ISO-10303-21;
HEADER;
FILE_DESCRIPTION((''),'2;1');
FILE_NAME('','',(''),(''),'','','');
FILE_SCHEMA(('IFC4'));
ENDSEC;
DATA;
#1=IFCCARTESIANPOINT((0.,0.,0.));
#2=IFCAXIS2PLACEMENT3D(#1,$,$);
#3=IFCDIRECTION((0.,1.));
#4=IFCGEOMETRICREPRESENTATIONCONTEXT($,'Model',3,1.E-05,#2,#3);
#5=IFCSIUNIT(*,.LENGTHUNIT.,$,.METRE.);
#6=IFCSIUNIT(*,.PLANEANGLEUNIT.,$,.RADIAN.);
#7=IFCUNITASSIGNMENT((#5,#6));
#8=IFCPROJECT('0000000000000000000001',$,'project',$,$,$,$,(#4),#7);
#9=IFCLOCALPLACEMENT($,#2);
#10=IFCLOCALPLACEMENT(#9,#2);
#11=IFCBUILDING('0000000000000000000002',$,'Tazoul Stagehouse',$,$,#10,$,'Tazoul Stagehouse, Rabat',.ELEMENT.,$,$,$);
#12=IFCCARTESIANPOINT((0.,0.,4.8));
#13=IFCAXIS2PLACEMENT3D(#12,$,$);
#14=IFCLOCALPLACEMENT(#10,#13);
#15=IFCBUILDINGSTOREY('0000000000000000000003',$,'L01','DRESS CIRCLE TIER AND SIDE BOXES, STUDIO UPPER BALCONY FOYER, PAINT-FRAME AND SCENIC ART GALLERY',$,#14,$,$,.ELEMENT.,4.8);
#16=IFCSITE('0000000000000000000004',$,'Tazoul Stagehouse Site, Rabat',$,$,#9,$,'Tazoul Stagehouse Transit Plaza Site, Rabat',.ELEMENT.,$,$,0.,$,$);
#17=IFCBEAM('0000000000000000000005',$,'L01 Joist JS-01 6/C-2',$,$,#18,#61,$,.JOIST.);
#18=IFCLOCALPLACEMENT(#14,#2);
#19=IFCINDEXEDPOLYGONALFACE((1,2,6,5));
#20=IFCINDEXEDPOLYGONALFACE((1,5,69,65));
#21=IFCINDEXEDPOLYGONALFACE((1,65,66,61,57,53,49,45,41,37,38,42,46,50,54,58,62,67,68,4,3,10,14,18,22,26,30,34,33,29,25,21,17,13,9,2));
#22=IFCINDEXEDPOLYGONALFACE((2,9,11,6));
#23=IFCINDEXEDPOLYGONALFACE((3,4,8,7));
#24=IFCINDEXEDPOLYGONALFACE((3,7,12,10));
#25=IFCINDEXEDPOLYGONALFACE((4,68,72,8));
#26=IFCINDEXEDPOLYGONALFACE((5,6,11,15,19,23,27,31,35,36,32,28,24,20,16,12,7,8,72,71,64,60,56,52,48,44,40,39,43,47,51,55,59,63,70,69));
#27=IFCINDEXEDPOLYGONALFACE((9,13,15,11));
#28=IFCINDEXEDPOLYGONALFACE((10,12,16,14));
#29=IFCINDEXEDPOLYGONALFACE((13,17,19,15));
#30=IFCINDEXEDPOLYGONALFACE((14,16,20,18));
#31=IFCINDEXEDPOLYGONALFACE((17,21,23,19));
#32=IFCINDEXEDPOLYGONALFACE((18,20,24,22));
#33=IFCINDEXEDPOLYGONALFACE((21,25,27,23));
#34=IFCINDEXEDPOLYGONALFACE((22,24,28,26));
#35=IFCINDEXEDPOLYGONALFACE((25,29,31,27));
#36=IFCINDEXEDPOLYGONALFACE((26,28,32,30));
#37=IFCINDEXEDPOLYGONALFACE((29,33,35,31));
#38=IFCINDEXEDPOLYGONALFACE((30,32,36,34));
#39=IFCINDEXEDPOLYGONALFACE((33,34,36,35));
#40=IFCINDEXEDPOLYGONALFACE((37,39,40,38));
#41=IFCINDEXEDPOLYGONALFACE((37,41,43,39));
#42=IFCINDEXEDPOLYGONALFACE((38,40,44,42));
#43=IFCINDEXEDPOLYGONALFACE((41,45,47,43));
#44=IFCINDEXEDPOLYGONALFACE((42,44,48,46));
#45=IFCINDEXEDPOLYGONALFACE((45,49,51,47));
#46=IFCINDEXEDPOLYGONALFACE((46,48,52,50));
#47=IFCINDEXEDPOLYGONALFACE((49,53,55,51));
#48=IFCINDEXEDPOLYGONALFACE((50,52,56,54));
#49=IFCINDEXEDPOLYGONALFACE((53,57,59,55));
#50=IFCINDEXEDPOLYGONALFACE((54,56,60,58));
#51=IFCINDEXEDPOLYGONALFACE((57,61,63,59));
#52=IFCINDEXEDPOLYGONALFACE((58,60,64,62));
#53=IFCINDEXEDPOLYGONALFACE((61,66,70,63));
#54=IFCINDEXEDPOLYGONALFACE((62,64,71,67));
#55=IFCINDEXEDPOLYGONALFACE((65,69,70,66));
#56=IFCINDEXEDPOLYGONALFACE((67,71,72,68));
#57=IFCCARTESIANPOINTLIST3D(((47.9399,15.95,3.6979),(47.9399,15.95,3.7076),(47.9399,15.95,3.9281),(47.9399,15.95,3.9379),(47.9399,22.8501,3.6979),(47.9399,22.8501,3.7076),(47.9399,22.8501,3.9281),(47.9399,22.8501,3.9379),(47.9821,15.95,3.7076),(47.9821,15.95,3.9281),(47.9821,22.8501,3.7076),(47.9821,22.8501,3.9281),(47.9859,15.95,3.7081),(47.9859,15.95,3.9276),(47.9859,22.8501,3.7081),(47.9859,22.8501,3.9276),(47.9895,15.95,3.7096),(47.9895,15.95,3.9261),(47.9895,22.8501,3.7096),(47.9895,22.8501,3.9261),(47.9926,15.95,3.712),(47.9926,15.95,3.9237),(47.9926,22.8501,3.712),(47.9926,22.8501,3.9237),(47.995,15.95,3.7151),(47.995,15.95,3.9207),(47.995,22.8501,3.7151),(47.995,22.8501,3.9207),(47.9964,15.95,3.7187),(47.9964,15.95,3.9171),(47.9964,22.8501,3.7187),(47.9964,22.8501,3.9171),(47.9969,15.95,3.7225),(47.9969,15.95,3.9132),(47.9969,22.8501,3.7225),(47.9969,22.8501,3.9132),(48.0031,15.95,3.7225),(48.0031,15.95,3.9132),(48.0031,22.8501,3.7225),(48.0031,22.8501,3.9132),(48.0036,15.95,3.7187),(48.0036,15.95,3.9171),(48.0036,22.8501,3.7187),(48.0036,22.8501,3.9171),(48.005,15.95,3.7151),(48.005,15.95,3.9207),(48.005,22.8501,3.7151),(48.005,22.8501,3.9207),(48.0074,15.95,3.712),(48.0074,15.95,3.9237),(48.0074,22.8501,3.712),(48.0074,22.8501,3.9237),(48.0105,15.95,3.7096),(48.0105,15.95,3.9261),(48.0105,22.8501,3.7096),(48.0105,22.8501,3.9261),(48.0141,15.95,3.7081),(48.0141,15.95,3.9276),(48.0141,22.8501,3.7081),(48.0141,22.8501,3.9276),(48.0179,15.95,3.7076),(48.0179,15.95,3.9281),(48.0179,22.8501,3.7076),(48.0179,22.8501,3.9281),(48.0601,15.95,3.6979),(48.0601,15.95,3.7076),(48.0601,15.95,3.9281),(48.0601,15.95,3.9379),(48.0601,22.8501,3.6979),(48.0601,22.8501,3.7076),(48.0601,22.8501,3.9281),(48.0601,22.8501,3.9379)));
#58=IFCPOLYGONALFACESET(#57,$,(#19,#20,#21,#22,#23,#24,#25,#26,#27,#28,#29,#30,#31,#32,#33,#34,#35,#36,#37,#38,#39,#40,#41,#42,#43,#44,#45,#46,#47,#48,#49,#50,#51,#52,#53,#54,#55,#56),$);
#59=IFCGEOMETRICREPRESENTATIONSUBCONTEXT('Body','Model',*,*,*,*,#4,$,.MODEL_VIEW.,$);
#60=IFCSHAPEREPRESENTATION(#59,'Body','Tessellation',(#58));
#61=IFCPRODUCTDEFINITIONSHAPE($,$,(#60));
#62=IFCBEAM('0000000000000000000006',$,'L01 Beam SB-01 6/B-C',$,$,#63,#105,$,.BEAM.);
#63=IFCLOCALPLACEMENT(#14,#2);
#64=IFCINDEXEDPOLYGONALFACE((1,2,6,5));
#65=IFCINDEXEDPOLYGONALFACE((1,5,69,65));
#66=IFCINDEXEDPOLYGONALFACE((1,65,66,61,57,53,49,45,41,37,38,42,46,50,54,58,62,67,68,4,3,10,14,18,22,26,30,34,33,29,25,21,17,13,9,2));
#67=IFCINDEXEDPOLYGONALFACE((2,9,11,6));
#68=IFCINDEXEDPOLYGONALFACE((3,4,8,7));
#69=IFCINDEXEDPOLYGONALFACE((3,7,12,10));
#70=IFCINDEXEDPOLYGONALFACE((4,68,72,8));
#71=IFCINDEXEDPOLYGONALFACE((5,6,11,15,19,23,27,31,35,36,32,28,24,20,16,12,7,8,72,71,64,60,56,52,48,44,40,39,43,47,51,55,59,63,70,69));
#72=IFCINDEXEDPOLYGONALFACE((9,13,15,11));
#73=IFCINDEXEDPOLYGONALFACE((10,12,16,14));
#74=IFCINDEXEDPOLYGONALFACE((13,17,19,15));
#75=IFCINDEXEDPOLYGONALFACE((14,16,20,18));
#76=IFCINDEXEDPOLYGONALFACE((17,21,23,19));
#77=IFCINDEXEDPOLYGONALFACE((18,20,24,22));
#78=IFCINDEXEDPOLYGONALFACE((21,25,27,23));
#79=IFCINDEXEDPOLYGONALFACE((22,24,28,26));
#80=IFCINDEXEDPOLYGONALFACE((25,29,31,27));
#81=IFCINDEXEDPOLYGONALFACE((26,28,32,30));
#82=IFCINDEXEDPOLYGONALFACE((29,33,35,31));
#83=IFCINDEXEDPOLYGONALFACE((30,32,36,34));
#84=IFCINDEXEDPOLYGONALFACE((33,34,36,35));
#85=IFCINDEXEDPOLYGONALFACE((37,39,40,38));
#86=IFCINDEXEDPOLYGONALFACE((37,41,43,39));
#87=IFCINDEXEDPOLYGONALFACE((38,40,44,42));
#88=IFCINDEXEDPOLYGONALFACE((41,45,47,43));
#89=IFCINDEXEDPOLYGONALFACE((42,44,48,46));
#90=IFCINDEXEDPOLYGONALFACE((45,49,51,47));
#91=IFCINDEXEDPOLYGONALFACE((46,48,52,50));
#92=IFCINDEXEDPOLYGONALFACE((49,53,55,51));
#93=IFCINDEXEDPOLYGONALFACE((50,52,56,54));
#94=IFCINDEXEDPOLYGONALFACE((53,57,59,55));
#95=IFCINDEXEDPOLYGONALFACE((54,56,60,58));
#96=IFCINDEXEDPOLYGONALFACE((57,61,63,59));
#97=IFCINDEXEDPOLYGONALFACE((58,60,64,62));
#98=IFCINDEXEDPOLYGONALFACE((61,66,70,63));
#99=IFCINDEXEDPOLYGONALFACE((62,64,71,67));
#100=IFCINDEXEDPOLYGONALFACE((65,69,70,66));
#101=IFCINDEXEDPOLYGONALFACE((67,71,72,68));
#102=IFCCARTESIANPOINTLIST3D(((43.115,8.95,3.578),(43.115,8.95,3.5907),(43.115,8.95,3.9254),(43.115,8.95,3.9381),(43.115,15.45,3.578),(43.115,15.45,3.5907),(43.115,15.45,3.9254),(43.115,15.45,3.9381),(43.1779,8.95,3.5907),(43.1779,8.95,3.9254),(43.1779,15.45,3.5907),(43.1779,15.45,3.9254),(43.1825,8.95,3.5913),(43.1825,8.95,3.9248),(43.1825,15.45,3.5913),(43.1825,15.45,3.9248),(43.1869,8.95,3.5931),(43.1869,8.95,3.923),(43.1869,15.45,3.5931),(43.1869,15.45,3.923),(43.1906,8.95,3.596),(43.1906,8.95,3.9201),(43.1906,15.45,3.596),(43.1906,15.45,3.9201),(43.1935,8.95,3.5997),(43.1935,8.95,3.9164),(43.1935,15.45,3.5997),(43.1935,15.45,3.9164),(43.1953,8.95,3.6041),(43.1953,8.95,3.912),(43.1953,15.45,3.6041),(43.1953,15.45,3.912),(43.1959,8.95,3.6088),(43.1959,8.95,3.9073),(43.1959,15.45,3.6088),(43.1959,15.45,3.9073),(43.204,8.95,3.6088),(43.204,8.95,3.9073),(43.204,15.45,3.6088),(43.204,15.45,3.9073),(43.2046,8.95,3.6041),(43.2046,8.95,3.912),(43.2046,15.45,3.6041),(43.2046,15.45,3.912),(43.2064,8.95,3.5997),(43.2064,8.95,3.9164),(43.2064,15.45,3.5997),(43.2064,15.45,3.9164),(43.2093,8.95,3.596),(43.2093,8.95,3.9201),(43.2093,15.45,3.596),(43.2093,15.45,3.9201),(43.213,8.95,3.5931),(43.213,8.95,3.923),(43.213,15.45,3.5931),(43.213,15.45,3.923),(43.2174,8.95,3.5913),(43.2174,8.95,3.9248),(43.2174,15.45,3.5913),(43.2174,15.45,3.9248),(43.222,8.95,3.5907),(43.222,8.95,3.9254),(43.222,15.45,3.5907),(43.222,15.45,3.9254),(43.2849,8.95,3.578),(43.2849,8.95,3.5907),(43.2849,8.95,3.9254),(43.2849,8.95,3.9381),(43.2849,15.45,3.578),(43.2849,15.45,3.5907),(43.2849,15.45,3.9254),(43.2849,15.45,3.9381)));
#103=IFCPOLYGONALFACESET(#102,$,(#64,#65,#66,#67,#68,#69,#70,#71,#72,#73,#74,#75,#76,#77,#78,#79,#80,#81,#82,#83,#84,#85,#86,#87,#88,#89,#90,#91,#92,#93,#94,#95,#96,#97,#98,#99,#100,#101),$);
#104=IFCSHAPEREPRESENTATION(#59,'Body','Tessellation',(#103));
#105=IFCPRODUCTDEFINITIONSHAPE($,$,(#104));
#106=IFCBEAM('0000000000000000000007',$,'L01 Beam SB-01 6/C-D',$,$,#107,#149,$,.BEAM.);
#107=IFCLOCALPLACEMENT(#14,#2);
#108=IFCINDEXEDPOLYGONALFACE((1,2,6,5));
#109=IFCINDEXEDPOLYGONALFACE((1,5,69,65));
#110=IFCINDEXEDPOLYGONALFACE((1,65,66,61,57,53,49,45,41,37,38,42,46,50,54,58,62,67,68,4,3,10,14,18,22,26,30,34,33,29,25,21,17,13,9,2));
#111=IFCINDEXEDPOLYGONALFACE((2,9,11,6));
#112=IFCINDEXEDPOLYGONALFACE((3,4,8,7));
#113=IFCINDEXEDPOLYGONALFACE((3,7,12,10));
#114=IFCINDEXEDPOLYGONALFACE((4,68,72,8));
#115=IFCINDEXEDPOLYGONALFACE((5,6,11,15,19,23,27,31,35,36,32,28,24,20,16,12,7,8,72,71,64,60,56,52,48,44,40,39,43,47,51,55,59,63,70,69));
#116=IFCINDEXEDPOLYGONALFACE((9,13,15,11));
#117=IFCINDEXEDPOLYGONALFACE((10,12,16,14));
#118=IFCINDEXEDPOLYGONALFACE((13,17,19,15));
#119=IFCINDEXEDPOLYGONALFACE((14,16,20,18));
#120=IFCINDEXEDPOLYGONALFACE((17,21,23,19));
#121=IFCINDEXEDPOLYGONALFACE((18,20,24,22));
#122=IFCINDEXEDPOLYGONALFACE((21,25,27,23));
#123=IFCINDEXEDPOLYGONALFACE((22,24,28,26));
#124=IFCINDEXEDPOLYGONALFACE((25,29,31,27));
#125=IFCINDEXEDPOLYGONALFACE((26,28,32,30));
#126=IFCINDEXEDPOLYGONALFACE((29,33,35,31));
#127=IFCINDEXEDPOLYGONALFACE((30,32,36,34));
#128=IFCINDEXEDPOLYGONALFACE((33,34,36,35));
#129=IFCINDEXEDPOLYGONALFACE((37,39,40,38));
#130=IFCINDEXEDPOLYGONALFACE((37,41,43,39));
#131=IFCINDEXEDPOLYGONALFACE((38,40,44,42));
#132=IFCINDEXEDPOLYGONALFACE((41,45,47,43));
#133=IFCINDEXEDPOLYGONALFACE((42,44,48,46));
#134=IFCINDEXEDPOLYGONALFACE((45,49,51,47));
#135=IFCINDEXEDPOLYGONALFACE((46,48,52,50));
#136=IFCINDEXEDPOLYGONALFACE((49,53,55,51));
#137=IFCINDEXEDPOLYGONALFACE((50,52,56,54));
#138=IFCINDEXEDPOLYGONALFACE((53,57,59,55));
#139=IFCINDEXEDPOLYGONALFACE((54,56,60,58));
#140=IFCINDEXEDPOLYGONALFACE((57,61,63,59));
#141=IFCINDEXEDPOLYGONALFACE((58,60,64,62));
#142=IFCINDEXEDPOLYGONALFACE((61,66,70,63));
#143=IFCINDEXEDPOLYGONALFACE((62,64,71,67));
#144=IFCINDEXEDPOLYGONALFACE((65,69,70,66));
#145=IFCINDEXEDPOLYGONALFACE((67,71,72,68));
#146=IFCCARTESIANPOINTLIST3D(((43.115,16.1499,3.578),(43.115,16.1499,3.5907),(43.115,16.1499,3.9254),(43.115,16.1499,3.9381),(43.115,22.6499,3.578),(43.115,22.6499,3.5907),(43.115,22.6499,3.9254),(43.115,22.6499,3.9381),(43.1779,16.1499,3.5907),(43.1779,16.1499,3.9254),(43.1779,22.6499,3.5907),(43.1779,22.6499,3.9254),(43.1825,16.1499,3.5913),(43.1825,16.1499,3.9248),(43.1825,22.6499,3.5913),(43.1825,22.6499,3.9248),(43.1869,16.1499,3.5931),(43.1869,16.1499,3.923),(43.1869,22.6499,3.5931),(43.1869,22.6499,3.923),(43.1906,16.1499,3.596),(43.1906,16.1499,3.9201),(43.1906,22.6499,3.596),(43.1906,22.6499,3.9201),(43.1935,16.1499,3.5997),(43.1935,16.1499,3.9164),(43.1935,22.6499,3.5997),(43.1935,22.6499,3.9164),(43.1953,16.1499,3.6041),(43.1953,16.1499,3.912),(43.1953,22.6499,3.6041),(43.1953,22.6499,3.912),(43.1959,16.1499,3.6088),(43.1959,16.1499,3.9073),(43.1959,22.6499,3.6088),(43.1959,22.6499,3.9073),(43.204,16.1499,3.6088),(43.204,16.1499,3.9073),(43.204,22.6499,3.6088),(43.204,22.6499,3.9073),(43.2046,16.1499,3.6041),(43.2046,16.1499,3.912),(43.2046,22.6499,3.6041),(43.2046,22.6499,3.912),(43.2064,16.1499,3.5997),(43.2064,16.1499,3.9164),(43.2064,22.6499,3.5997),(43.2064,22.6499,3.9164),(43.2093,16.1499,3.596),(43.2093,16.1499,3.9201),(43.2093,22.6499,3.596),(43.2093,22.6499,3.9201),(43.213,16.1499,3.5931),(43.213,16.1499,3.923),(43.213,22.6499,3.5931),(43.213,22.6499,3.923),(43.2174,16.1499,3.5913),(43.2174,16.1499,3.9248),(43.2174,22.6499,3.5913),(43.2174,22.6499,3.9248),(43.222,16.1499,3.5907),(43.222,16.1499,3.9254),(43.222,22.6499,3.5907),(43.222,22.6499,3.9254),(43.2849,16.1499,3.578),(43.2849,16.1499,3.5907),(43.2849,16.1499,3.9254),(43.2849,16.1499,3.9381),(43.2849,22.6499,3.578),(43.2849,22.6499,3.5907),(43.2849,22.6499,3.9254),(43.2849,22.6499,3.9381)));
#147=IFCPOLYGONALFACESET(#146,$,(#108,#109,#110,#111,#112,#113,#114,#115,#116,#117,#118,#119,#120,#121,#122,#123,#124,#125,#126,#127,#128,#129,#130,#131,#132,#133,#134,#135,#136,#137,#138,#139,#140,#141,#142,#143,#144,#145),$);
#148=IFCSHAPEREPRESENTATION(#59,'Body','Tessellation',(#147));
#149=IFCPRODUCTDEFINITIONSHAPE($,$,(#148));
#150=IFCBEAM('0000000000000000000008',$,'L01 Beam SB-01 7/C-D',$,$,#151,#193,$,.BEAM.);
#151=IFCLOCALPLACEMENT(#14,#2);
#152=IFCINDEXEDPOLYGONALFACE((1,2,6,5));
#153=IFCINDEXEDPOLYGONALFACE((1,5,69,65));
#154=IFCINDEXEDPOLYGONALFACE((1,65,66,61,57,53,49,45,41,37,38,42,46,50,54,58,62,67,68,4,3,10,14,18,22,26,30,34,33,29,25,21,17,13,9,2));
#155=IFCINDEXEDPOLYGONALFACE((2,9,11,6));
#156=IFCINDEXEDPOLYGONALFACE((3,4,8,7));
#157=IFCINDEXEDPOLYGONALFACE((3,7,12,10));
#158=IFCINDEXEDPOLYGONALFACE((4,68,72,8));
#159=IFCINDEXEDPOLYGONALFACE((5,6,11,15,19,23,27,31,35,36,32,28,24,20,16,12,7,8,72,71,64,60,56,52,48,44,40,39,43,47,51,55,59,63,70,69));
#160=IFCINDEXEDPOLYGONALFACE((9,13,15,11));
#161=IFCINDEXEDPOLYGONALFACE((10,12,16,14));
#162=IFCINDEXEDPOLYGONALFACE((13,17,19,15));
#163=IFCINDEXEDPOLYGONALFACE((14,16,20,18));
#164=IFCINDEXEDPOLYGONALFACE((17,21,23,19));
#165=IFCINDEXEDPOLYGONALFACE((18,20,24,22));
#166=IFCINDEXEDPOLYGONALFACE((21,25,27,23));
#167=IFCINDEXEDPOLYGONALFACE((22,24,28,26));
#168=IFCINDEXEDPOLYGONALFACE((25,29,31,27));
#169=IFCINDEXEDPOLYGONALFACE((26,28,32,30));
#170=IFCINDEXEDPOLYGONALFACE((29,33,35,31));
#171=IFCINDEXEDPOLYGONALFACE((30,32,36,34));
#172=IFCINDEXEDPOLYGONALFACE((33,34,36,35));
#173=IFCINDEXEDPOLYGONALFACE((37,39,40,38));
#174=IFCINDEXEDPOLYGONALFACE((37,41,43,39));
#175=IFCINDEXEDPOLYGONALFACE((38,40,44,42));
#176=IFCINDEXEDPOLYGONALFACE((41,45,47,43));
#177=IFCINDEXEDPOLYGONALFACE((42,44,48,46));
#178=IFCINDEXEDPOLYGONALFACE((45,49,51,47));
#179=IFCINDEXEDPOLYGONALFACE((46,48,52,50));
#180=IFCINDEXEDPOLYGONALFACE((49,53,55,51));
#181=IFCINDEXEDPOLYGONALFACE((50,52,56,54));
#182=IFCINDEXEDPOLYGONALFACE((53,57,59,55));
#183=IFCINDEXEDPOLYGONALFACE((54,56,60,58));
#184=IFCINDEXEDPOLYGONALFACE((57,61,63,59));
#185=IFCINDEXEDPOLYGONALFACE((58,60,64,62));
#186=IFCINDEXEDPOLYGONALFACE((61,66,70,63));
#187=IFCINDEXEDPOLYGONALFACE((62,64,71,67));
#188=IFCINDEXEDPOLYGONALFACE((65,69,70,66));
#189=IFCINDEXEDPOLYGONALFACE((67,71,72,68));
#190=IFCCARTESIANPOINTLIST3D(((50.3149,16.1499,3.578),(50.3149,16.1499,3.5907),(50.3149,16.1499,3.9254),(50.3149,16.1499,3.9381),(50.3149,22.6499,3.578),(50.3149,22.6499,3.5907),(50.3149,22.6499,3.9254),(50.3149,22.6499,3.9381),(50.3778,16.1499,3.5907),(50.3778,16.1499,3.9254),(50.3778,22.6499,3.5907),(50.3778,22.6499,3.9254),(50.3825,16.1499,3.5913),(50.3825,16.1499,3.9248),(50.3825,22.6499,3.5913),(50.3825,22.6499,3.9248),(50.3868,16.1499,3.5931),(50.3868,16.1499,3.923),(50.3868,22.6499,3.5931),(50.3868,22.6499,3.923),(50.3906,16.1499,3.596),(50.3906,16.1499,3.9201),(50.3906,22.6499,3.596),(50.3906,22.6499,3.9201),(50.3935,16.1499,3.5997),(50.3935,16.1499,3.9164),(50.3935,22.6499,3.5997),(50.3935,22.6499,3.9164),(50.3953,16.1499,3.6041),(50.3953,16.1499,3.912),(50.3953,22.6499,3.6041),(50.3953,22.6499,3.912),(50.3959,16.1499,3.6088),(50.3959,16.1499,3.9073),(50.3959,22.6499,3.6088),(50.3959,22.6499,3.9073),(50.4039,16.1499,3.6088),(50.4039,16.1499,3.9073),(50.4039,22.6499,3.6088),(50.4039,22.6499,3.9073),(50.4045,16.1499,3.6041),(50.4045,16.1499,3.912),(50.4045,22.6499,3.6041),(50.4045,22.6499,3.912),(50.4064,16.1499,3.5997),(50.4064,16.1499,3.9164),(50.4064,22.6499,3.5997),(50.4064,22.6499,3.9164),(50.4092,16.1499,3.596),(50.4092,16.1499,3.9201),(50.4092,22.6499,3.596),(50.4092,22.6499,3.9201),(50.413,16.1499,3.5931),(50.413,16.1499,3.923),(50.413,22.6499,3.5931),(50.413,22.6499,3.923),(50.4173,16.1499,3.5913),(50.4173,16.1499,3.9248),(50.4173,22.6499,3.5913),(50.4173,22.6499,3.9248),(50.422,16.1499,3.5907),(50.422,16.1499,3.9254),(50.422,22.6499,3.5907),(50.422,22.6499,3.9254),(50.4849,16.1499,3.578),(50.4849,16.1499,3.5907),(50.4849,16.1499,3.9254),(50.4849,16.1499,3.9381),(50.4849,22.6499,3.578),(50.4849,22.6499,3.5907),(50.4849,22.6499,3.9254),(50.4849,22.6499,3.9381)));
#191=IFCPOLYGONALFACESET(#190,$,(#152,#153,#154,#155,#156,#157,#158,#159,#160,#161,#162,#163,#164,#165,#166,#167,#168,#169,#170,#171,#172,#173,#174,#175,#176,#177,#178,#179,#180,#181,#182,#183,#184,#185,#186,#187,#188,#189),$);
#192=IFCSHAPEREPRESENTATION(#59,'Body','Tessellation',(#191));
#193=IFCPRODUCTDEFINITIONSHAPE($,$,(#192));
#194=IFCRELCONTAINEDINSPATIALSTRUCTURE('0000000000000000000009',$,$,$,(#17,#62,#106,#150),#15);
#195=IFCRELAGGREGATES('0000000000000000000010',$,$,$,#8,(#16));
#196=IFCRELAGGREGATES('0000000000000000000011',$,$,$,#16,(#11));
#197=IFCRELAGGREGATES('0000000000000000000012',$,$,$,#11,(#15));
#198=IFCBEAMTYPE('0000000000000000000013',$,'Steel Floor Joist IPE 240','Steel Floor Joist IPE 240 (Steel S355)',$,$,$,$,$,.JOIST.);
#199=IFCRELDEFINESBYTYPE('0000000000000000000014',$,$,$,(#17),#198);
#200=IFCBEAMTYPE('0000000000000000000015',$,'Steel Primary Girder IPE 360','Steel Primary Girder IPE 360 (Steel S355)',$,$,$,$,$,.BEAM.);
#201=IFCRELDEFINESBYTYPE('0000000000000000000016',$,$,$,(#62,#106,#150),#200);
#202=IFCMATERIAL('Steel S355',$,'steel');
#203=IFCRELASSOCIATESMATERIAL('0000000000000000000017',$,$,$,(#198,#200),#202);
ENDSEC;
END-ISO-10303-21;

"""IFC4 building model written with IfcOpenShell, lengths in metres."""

from ifc_helpers import new_model, si_unit, direction, frame, origin, origin_2d, place, context, subcontext, project, spatial, i_section, extrude, material, material_profile, profile_set, type_object, element, save


model = new_model("IFC4")

# Units and contexts
model_context = context("Model", 3, precision=1e-05, world=origin(), true_north=direction((0.0, 1.0)))
body_context = subcontext(model_context, "Body", "Model", "MODEL_VIEW")
ifc_project = project(units=[si_unit("LENGTHUNIT", "METRE"), si_unit("PLANEANGLEUNIT", "RADIAN")], contexts=[model_context])

# Site, building, storey
site_placement = place(None, origin())
site = spatial("IfcSite", under=ifc_project, at=site_placement, Name="Tazoul Stagehouse Site, Rabat", LongName="Tazoul Stagehouse Transit Plaza Site, Rabat", CompositionType="ELEMENT", RefElevation=0.0)
building_placement = place(site_placement, origin())
building = spatial("IfcBuilding", under=site, at=building_placement, Name="Tazoul Stagehouse", LongName="Tazoul Stagehouse, Rabat", CompositionType="ELEMENT")
storey_placement = place(building_placement, frame((0.0, 0.0, 4.8)))
storey = spatial("IfcBuildingStorey", under=building, at=storey_placement, Name="L01", Description="DRESS CIRCLE TIER AND SIDE BOXES, STUDIO UPPER BALCONY FOYER, PAINT-FRAME AND SCENIC ART GALLERY", CompositionType="ELEMENT", Elevation=4.8)

# Beams
ifc_material_1 = material(Name="Steel S355", Category="steel")
ifc_material_profile_1 = material_profile(ifc_material_1, i_section(OverallWidth=0.1201, OverallDepth=0.24, WebThickness=0.0061, FlangeThickness=0.0098, FilletRadius=0.0149, at=origin_2d()), Name="IPE 240")
ifc_profile_set_1 = profile_set([ifc_material_profile_1], Name="Steel S355")
beam_type_1 = type_object("IfcBeamType", Name="Steel Floor Joist IPE 240", Description="Steel Floor Joist IPE 240 (Steel S355)", PredefinedType="JOIST", material=ifc_profile_set_1)
for number, where, z_axis, x_axis, name in (
    (1, (48.0, 15.95, 3.8179), (0.0, 1.0, 0.0), (-1.0, 0.0, 0.0), "L01 Joist JS-01 6/C-2"),
):
    element("IfcBeam", number, at=place(storey_placement, frame(where, z_axis=z_axis, x_axis=x_axis)), inside=storey, type_object=beam_type_1, Name=name, PredefinedType="JOIST", context=body_context, shape_type="SweptSolid", body=[
        extrude(i_section(OverallWidth=0.1201, OverallDepth=0.24, WebThickness=0.0061, FlangeThickness=0.0098, FilletRadius=0.0149, at=origin_2d()), origin(), (0.0, 0.0, 1.0), 6.9001),
    ])
ifc_material_profile_2 = material_profile(ifc_material_1, i_section(OverallWidth=0.1699, OverallDepth=0.3601, WebThickness=0.0081, FlangeThickness=0.0127, FilletRadius=0.0181, at=origin_2d()), Name="IPE 360")
ifc_profile_set_2 = profile_set([ifc_material_profile_2], Name="Steel S355")
beam_type_2 = type_object("IfcBeamType", Name="Steel Primary Girder IPE 360", Description="Steel Primary Girder IPE 360 (Steel S355)", PredefinedType="BEAM", material=ifc_profile_set_2)
for number, where, z_axis, x_axis, name in (
    (2, (43.2, 8.95, 3.7581), (0.0, 1.0, 0.0), (-1.0, 0.0, 0.0), "L01 Beam SB-01 6/B-C"),
    (3, (43.2, 16.1499, 3.7581), (0.0, 1.0, 0.0), (-1.0, 0.0, 0.0), "L01 Beam SB-01 6/C-D"),
    (4, (50.3999, 16.1499, 3.7581), (0.0, 1.0, 0.0), (-1.0, 0.0, 0.0), "L01 Beam SB-01 7/C-D"),
):
    element("IfcBeam", number, at=place(storey_placement, frame(where, z_axis=z_axis, x_axis=x_axis)), inside=storey, type_object=beam_type_2, Name=name, PredefinedType="BEAM", context=body_context, shape_type="SweptSolid", body=[
        extrude(i_section(OverallWidth=0.1699, OverallDepth=0.3601, WebThickness=0.0081, FlangeThickness=0.0127, FilletRadius=0.0181, at=origin_2d()), origin(), (0.0, 0.0, 1.0), 6.5),
    ])

save(model, "model.ifc")
